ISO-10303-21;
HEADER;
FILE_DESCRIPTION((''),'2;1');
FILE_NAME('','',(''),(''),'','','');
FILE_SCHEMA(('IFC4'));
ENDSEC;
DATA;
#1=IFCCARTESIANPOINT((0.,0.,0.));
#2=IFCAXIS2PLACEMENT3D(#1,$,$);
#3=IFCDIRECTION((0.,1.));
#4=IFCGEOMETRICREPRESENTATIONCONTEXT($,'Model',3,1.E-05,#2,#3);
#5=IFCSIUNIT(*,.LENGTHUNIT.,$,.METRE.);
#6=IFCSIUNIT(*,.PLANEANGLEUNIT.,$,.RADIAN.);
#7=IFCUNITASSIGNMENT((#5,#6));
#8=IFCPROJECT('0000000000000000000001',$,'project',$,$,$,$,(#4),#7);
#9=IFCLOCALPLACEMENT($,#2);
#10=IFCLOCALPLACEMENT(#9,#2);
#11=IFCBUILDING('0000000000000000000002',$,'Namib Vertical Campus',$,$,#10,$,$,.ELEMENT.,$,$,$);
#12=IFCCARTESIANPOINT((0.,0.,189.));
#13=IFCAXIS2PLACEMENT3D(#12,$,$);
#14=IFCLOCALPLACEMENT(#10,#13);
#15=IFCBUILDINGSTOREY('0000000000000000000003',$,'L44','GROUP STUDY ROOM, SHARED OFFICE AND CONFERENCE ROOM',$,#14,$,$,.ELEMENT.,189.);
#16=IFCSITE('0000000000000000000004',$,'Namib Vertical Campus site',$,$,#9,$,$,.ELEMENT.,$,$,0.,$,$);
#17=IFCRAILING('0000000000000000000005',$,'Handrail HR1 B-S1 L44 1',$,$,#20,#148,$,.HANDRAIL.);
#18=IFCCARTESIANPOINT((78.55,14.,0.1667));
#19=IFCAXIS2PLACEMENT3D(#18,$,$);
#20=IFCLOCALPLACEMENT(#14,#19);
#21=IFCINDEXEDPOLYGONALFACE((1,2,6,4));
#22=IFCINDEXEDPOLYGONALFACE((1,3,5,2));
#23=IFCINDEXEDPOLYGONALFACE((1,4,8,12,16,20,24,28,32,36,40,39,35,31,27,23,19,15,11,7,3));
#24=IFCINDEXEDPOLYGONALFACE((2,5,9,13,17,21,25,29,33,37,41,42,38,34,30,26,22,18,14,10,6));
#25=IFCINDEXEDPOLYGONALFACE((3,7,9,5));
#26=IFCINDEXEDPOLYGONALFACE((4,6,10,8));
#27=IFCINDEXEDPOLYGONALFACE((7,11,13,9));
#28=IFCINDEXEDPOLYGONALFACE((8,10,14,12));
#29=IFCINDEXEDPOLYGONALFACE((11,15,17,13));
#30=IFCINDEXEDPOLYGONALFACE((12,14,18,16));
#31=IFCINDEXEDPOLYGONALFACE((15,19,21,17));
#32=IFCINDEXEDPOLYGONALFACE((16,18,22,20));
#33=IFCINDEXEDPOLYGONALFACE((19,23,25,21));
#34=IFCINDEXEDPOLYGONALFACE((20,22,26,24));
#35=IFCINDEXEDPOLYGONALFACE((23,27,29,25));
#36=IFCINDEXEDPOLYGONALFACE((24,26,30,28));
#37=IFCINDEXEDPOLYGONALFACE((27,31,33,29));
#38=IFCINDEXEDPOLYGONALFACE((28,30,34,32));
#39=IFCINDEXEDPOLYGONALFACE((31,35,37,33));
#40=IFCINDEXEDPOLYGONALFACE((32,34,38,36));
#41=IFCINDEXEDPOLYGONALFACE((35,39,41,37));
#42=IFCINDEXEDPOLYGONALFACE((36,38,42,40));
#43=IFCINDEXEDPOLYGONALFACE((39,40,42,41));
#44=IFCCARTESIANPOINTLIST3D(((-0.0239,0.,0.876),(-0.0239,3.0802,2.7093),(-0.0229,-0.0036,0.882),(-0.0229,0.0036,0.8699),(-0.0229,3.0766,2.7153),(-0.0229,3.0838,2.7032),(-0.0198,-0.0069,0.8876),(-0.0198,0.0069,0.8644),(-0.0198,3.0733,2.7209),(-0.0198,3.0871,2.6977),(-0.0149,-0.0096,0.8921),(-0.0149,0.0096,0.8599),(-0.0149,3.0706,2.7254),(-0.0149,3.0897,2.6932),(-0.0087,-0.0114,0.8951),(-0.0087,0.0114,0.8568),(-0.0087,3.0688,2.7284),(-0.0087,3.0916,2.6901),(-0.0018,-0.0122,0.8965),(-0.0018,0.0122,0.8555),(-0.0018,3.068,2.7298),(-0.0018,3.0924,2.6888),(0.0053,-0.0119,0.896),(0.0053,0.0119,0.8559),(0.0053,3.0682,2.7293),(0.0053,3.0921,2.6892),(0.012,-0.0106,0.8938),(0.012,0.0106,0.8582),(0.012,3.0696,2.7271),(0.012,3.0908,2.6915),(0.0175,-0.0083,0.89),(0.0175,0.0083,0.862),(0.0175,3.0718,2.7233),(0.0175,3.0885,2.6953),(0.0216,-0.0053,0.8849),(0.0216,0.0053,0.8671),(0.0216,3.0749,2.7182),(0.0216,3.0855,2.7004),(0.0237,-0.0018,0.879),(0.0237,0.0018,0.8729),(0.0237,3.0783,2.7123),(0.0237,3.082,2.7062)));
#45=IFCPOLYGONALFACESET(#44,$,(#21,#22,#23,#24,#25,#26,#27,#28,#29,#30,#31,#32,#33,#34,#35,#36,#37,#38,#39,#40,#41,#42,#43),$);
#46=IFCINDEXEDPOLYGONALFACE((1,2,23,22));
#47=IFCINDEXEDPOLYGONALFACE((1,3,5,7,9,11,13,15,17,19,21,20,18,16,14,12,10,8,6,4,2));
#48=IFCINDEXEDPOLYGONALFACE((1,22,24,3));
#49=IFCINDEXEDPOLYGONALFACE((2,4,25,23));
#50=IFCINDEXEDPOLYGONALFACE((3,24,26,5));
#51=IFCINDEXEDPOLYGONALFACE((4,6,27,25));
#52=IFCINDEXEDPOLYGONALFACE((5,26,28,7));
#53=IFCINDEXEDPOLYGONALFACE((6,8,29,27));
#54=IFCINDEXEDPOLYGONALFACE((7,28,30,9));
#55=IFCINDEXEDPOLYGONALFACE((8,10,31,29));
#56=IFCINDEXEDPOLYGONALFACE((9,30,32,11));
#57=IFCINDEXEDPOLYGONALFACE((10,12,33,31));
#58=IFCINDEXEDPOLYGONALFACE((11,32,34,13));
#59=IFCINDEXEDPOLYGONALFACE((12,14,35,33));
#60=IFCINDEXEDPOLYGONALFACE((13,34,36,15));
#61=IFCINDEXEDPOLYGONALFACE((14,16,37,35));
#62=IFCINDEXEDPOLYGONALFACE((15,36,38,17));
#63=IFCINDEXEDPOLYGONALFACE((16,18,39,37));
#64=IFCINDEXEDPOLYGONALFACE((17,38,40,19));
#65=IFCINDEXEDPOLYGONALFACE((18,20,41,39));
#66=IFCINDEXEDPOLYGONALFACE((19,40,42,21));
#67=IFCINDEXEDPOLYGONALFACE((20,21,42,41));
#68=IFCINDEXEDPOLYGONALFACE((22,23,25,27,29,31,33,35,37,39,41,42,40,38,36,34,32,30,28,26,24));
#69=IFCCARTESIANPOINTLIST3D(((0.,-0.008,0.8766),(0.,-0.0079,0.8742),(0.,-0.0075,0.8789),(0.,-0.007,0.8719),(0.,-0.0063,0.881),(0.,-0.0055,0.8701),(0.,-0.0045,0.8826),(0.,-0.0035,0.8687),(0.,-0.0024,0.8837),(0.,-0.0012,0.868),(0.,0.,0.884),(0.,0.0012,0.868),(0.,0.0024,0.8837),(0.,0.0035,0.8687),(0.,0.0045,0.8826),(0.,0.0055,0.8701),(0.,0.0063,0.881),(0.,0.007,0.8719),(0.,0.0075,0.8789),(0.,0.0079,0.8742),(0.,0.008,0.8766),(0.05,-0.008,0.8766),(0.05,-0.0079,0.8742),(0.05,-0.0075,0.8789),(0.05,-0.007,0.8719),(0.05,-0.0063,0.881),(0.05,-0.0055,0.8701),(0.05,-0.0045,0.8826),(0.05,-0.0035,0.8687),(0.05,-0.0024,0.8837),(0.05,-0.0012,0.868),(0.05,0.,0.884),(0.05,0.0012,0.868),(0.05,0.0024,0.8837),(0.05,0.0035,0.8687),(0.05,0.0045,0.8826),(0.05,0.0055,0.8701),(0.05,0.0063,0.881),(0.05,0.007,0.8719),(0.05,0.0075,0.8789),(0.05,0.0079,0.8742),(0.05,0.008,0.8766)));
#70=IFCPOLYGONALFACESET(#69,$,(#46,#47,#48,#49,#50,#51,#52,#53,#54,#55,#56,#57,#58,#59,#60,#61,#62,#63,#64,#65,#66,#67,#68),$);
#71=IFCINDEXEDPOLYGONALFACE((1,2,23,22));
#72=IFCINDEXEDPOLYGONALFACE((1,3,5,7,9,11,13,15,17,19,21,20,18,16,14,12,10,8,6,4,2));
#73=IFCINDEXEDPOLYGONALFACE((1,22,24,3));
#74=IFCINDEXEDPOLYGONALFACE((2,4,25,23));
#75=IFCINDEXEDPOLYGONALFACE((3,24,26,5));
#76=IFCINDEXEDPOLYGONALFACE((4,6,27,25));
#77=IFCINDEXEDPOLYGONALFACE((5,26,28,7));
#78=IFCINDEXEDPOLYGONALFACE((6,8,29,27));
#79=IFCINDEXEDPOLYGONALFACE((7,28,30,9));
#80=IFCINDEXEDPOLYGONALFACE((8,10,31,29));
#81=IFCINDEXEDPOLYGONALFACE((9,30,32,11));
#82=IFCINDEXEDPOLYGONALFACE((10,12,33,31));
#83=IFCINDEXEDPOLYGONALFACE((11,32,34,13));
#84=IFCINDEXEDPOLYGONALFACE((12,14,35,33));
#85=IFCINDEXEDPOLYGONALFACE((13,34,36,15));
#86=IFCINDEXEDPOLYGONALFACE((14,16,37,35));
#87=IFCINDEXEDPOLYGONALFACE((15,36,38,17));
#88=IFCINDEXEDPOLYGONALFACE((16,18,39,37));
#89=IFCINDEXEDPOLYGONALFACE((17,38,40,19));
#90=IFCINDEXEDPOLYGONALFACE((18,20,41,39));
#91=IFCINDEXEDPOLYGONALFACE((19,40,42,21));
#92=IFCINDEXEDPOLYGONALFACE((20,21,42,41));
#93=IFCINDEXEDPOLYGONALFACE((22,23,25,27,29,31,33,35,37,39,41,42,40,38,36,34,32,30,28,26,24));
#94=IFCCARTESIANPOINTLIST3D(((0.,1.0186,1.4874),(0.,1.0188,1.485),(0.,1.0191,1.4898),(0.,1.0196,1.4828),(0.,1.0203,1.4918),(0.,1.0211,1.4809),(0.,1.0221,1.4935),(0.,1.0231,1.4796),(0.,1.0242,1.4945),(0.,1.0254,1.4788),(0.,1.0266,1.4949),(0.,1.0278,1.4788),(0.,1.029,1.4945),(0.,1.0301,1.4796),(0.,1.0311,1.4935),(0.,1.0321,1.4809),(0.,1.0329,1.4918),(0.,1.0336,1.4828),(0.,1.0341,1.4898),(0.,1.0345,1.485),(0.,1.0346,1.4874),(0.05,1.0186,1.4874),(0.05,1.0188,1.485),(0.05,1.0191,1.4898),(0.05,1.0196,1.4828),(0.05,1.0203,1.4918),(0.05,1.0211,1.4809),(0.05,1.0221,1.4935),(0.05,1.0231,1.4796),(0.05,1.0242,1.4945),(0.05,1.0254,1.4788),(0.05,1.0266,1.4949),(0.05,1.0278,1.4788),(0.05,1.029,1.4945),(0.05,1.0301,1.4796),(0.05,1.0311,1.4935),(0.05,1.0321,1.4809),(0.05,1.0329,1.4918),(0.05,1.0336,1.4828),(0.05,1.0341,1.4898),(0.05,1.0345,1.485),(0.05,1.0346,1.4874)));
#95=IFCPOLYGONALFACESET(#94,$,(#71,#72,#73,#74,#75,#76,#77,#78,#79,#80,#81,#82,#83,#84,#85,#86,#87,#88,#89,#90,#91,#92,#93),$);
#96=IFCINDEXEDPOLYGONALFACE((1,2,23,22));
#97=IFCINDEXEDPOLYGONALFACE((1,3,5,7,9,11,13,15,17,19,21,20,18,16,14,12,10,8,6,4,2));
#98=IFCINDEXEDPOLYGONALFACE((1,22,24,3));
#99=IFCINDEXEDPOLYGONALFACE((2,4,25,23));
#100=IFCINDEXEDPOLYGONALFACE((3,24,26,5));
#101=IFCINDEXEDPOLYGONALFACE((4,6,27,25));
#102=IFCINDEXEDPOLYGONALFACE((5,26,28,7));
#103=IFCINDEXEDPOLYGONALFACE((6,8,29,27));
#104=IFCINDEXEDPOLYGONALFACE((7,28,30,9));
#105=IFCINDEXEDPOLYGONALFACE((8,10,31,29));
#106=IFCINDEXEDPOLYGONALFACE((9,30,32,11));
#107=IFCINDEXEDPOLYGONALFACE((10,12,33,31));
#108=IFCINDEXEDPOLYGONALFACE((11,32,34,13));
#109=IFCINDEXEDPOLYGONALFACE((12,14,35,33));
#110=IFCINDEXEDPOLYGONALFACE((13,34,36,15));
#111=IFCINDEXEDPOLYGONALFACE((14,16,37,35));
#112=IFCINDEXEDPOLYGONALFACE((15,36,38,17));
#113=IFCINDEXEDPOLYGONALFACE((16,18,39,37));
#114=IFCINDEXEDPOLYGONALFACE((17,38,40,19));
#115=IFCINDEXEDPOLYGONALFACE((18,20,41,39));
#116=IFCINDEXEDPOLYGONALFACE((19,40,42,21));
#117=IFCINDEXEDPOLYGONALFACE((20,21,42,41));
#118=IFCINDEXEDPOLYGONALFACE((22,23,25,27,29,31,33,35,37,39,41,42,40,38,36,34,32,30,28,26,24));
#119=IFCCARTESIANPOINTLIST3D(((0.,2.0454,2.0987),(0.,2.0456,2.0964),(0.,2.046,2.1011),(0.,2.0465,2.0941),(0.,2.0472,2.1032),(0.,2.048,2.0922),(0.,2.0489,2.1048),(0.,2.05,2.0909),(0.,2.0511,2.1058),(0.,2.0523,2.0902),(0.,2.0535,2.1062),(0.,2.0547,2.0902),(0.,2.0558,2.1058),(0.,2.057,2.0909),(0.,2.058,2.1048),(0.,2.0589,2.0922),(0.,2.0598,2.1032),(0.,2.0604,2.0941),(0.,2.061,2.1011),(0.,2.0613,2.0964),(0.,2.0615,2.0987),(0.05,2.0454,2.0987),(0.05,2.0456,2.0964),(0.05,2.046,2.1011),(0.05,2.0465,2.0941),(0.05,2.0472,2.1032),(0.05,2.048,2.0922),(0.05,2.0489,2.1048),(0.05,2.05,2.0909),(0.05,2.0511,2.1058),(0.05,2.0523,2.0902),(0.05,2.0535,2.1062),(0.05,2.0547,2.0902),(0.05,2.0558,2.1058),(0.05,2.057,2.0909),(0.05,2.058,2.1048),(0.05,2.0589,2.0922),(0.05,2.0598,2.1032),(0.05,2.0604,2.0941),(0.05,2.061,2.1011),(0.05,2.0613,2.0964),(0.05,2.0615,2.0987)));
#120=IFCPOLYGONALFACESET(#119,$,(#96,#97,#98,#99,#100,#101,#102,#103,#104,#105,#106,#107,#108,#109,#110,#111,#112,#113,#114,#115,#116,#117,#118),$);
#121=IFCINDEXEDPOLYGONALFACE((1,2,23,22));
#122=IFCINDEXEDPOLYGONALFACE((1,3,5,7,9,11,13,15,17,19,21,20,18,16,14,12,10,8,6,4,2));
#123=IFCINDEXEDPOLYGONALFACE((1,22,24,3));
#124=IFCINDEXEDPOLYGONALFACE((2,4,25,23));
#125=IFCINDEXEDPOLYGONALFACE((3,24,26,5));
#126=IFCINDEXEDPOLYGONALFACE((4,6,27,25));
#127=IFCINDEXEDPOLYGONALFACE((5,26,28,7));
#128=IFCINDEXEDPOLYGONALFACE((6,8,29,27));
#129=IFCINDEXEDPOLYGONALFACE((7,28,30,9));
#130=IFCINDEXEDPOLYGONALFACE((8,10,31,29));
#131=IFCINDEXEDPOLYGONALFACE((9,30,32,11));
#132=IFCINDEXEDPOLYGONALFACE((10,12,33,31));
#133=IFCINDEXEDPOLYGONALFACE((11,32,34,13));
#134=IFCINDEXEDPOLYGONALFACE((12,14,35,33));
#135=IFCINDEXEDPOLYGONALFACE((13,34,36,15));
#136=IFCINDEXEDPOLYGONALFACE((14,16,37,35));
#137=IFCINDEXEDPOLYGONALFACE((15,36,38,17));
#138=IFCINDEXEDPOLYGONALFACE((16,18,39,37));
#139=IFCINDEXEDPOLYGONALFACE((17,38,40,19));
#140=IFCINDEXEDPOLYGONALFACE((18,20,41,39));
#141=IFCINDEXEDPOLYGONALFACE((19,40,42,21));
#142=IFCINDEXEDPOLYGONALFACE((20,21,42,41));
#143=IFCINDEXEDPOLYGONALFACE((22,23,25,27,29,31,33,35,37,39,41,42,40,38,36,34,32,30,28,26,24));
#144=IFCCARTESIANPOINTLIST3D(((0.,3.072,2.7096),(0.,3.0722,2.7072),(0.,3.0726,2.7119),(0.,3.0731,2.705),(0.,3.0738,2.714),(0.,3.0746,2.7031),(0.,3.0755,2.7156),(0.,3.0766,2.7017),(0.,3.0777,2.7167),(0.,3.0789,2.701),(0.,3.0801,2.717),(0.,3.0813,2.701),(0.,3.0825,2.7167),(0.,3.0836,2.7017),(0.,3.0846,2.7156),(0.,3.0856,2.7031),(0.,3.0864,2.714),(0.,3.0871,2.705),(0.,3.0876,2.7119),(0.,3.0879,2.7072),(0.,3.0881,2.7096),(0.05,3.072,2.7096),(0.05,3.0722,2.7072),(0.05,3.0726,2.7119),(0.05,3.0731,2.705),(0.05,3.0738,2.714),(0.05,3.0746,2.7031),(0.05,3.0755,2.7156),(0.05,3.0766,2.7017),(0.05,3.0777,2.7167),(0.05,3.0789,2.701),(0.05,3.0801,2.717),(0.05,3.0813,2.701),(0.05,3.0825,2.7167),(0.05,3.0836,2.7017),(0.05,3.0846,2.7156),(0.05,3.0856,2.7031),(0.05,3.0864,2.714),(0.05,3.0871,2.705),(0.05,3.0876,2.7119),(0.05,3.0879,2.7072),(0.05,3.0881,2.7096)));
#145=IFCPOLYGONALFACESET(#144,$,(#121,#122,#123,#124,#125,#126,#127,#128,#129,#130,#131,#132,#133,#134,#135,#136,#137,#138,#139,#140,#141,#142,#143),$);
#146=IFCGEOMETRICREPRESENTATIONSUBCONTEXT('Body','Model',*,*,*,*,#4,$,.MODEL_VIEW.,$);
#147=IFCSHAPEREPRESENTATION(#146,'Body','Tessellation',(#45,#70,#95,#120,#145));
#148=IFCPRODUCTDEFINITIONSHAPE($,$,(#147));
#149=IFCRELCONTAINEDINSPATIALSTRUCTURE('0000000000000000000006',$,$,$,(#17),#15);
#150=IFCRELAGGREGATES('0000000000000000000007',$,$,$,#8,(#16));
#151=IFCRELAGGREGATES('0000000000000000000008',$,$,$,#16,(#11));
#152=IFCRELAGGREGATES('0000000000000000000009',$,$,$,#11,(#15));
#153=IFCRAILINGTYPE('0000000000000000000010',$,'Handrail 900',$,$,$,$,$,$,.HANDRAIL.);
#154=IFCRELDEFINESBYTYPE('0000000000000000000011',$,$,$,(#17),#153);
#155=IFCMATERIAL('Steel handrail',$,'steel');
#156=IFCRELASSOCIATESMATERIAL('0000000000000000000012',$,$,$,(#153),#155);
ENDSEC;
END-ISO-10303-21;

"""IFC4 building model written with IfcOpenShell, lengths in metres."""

from ifc_helpers import new_model, si_unit, direction, frame, origin, origin_2d, place, context, subcontext, project, spatial, circle, extrude, material, type_object, element, save


model = new_model("IFC4")

# Units and contexts
model_context = context("Model", 3, precision=1e-05, world=origin(), true_north=direction((0.0, 1.0)))
body_context = subcontext(model_context, "Body", "Model", "MODEL_VIEW")
ifc_project = project(units=[si_unit("LENGTHUNIT", "METRE"), si_unit("PLANEANGLEUNIT", "RADIAN")], contexts=[model_context])

# Site, building, storey
site_placement = place(None, origin())
site = spatial("IfcSite", under=ifc_project, at=site_placement, Name="Namib Vertical Campus site", CompositionType="ELEMENT", RefElevation=0.0)
building_placement = place(site_placement, origin())
building = spatial("IfcBuilding", under=site, at=building_placement, Name="Namib Vertical Campus", CompositionType="ELEMENT")
storey_placement = place(building_placement, frame((0.0, 0.0, 189.0)))
storey = spatial("IfcBuildingStorey", under=building, at=storey_placement, Name="L44", Description="GROUP STUDY ROOM, SHARED OFFICE AND CONFERENCE ROOM", CompositionType="ELEMENT", Elevation=189.0)

# Railing
ifc_material_1 = material(Name="Steel handrail", Category="steel")
railing_type_1 = type_object("IfcRailingType", Name="Handrail 900", PredefinedType="HANDRAIL", material=ifc_material_1)
railing_1_placement = place(storey_placement, frame((78.55, 14.0, 0.1667)))
element("IfcRailing", 1, at=railing_1_placement, inside=storey, type_object=railing_type_1, Name="Handrail HR1 B-S1 L44 1", PredefinedType="HANDRAIL", context=body_context, shape_type="SweptSolid", body=[
    extrude(circle(Radius=0.0239, at=origin_2d()), frame((0.0, 0.0, 0.876), z_axis=(0.0, 0.859309, 0.511458), x_axis=(-1.0, 0.0, 0.0)), (0.0, 0.0, 1.0), 3.5845),
    extrude(circle(Radius=0.0081, at=origin_2d()), frame((0.0, 0.0, 0.876), z_axis=(1.0, 0.0, 0.0), x_axis=(0.0, 0.0, 1.0)), (0.0, 0.0, 1.0), 0.05),
    extrude(circle(Radius=0.0081, at=origin_2d()), frame((0.0, 1.0266, 1.4868), z_axis=(1.0, 0.0, 0.0), x_axis=(0.0, 0.0, 1.0)), (0.0, 0.0, 1.0), 0.05),
    extrude(circle(Radius=0.0081, at=origin_2d()), frame((0.0, 2.0535, 2.0981), z_axis=(1.0, 0.0, 0.0), x_axis=(0.0, 0.0, 1.0)), (0.0, 0.0, 1.0), 0.05),
    extrude(circle(Radius=0.0081, at=origin_2d()), frame((0.0, 3.0801, 2.709), z_axis=(1.0, 0.0, 0.0), x_axis=(0.0, 0.0, 1.0)), (0.0, 0.0, 1.0), 0.05),
])

save(model, "model.ifc")
